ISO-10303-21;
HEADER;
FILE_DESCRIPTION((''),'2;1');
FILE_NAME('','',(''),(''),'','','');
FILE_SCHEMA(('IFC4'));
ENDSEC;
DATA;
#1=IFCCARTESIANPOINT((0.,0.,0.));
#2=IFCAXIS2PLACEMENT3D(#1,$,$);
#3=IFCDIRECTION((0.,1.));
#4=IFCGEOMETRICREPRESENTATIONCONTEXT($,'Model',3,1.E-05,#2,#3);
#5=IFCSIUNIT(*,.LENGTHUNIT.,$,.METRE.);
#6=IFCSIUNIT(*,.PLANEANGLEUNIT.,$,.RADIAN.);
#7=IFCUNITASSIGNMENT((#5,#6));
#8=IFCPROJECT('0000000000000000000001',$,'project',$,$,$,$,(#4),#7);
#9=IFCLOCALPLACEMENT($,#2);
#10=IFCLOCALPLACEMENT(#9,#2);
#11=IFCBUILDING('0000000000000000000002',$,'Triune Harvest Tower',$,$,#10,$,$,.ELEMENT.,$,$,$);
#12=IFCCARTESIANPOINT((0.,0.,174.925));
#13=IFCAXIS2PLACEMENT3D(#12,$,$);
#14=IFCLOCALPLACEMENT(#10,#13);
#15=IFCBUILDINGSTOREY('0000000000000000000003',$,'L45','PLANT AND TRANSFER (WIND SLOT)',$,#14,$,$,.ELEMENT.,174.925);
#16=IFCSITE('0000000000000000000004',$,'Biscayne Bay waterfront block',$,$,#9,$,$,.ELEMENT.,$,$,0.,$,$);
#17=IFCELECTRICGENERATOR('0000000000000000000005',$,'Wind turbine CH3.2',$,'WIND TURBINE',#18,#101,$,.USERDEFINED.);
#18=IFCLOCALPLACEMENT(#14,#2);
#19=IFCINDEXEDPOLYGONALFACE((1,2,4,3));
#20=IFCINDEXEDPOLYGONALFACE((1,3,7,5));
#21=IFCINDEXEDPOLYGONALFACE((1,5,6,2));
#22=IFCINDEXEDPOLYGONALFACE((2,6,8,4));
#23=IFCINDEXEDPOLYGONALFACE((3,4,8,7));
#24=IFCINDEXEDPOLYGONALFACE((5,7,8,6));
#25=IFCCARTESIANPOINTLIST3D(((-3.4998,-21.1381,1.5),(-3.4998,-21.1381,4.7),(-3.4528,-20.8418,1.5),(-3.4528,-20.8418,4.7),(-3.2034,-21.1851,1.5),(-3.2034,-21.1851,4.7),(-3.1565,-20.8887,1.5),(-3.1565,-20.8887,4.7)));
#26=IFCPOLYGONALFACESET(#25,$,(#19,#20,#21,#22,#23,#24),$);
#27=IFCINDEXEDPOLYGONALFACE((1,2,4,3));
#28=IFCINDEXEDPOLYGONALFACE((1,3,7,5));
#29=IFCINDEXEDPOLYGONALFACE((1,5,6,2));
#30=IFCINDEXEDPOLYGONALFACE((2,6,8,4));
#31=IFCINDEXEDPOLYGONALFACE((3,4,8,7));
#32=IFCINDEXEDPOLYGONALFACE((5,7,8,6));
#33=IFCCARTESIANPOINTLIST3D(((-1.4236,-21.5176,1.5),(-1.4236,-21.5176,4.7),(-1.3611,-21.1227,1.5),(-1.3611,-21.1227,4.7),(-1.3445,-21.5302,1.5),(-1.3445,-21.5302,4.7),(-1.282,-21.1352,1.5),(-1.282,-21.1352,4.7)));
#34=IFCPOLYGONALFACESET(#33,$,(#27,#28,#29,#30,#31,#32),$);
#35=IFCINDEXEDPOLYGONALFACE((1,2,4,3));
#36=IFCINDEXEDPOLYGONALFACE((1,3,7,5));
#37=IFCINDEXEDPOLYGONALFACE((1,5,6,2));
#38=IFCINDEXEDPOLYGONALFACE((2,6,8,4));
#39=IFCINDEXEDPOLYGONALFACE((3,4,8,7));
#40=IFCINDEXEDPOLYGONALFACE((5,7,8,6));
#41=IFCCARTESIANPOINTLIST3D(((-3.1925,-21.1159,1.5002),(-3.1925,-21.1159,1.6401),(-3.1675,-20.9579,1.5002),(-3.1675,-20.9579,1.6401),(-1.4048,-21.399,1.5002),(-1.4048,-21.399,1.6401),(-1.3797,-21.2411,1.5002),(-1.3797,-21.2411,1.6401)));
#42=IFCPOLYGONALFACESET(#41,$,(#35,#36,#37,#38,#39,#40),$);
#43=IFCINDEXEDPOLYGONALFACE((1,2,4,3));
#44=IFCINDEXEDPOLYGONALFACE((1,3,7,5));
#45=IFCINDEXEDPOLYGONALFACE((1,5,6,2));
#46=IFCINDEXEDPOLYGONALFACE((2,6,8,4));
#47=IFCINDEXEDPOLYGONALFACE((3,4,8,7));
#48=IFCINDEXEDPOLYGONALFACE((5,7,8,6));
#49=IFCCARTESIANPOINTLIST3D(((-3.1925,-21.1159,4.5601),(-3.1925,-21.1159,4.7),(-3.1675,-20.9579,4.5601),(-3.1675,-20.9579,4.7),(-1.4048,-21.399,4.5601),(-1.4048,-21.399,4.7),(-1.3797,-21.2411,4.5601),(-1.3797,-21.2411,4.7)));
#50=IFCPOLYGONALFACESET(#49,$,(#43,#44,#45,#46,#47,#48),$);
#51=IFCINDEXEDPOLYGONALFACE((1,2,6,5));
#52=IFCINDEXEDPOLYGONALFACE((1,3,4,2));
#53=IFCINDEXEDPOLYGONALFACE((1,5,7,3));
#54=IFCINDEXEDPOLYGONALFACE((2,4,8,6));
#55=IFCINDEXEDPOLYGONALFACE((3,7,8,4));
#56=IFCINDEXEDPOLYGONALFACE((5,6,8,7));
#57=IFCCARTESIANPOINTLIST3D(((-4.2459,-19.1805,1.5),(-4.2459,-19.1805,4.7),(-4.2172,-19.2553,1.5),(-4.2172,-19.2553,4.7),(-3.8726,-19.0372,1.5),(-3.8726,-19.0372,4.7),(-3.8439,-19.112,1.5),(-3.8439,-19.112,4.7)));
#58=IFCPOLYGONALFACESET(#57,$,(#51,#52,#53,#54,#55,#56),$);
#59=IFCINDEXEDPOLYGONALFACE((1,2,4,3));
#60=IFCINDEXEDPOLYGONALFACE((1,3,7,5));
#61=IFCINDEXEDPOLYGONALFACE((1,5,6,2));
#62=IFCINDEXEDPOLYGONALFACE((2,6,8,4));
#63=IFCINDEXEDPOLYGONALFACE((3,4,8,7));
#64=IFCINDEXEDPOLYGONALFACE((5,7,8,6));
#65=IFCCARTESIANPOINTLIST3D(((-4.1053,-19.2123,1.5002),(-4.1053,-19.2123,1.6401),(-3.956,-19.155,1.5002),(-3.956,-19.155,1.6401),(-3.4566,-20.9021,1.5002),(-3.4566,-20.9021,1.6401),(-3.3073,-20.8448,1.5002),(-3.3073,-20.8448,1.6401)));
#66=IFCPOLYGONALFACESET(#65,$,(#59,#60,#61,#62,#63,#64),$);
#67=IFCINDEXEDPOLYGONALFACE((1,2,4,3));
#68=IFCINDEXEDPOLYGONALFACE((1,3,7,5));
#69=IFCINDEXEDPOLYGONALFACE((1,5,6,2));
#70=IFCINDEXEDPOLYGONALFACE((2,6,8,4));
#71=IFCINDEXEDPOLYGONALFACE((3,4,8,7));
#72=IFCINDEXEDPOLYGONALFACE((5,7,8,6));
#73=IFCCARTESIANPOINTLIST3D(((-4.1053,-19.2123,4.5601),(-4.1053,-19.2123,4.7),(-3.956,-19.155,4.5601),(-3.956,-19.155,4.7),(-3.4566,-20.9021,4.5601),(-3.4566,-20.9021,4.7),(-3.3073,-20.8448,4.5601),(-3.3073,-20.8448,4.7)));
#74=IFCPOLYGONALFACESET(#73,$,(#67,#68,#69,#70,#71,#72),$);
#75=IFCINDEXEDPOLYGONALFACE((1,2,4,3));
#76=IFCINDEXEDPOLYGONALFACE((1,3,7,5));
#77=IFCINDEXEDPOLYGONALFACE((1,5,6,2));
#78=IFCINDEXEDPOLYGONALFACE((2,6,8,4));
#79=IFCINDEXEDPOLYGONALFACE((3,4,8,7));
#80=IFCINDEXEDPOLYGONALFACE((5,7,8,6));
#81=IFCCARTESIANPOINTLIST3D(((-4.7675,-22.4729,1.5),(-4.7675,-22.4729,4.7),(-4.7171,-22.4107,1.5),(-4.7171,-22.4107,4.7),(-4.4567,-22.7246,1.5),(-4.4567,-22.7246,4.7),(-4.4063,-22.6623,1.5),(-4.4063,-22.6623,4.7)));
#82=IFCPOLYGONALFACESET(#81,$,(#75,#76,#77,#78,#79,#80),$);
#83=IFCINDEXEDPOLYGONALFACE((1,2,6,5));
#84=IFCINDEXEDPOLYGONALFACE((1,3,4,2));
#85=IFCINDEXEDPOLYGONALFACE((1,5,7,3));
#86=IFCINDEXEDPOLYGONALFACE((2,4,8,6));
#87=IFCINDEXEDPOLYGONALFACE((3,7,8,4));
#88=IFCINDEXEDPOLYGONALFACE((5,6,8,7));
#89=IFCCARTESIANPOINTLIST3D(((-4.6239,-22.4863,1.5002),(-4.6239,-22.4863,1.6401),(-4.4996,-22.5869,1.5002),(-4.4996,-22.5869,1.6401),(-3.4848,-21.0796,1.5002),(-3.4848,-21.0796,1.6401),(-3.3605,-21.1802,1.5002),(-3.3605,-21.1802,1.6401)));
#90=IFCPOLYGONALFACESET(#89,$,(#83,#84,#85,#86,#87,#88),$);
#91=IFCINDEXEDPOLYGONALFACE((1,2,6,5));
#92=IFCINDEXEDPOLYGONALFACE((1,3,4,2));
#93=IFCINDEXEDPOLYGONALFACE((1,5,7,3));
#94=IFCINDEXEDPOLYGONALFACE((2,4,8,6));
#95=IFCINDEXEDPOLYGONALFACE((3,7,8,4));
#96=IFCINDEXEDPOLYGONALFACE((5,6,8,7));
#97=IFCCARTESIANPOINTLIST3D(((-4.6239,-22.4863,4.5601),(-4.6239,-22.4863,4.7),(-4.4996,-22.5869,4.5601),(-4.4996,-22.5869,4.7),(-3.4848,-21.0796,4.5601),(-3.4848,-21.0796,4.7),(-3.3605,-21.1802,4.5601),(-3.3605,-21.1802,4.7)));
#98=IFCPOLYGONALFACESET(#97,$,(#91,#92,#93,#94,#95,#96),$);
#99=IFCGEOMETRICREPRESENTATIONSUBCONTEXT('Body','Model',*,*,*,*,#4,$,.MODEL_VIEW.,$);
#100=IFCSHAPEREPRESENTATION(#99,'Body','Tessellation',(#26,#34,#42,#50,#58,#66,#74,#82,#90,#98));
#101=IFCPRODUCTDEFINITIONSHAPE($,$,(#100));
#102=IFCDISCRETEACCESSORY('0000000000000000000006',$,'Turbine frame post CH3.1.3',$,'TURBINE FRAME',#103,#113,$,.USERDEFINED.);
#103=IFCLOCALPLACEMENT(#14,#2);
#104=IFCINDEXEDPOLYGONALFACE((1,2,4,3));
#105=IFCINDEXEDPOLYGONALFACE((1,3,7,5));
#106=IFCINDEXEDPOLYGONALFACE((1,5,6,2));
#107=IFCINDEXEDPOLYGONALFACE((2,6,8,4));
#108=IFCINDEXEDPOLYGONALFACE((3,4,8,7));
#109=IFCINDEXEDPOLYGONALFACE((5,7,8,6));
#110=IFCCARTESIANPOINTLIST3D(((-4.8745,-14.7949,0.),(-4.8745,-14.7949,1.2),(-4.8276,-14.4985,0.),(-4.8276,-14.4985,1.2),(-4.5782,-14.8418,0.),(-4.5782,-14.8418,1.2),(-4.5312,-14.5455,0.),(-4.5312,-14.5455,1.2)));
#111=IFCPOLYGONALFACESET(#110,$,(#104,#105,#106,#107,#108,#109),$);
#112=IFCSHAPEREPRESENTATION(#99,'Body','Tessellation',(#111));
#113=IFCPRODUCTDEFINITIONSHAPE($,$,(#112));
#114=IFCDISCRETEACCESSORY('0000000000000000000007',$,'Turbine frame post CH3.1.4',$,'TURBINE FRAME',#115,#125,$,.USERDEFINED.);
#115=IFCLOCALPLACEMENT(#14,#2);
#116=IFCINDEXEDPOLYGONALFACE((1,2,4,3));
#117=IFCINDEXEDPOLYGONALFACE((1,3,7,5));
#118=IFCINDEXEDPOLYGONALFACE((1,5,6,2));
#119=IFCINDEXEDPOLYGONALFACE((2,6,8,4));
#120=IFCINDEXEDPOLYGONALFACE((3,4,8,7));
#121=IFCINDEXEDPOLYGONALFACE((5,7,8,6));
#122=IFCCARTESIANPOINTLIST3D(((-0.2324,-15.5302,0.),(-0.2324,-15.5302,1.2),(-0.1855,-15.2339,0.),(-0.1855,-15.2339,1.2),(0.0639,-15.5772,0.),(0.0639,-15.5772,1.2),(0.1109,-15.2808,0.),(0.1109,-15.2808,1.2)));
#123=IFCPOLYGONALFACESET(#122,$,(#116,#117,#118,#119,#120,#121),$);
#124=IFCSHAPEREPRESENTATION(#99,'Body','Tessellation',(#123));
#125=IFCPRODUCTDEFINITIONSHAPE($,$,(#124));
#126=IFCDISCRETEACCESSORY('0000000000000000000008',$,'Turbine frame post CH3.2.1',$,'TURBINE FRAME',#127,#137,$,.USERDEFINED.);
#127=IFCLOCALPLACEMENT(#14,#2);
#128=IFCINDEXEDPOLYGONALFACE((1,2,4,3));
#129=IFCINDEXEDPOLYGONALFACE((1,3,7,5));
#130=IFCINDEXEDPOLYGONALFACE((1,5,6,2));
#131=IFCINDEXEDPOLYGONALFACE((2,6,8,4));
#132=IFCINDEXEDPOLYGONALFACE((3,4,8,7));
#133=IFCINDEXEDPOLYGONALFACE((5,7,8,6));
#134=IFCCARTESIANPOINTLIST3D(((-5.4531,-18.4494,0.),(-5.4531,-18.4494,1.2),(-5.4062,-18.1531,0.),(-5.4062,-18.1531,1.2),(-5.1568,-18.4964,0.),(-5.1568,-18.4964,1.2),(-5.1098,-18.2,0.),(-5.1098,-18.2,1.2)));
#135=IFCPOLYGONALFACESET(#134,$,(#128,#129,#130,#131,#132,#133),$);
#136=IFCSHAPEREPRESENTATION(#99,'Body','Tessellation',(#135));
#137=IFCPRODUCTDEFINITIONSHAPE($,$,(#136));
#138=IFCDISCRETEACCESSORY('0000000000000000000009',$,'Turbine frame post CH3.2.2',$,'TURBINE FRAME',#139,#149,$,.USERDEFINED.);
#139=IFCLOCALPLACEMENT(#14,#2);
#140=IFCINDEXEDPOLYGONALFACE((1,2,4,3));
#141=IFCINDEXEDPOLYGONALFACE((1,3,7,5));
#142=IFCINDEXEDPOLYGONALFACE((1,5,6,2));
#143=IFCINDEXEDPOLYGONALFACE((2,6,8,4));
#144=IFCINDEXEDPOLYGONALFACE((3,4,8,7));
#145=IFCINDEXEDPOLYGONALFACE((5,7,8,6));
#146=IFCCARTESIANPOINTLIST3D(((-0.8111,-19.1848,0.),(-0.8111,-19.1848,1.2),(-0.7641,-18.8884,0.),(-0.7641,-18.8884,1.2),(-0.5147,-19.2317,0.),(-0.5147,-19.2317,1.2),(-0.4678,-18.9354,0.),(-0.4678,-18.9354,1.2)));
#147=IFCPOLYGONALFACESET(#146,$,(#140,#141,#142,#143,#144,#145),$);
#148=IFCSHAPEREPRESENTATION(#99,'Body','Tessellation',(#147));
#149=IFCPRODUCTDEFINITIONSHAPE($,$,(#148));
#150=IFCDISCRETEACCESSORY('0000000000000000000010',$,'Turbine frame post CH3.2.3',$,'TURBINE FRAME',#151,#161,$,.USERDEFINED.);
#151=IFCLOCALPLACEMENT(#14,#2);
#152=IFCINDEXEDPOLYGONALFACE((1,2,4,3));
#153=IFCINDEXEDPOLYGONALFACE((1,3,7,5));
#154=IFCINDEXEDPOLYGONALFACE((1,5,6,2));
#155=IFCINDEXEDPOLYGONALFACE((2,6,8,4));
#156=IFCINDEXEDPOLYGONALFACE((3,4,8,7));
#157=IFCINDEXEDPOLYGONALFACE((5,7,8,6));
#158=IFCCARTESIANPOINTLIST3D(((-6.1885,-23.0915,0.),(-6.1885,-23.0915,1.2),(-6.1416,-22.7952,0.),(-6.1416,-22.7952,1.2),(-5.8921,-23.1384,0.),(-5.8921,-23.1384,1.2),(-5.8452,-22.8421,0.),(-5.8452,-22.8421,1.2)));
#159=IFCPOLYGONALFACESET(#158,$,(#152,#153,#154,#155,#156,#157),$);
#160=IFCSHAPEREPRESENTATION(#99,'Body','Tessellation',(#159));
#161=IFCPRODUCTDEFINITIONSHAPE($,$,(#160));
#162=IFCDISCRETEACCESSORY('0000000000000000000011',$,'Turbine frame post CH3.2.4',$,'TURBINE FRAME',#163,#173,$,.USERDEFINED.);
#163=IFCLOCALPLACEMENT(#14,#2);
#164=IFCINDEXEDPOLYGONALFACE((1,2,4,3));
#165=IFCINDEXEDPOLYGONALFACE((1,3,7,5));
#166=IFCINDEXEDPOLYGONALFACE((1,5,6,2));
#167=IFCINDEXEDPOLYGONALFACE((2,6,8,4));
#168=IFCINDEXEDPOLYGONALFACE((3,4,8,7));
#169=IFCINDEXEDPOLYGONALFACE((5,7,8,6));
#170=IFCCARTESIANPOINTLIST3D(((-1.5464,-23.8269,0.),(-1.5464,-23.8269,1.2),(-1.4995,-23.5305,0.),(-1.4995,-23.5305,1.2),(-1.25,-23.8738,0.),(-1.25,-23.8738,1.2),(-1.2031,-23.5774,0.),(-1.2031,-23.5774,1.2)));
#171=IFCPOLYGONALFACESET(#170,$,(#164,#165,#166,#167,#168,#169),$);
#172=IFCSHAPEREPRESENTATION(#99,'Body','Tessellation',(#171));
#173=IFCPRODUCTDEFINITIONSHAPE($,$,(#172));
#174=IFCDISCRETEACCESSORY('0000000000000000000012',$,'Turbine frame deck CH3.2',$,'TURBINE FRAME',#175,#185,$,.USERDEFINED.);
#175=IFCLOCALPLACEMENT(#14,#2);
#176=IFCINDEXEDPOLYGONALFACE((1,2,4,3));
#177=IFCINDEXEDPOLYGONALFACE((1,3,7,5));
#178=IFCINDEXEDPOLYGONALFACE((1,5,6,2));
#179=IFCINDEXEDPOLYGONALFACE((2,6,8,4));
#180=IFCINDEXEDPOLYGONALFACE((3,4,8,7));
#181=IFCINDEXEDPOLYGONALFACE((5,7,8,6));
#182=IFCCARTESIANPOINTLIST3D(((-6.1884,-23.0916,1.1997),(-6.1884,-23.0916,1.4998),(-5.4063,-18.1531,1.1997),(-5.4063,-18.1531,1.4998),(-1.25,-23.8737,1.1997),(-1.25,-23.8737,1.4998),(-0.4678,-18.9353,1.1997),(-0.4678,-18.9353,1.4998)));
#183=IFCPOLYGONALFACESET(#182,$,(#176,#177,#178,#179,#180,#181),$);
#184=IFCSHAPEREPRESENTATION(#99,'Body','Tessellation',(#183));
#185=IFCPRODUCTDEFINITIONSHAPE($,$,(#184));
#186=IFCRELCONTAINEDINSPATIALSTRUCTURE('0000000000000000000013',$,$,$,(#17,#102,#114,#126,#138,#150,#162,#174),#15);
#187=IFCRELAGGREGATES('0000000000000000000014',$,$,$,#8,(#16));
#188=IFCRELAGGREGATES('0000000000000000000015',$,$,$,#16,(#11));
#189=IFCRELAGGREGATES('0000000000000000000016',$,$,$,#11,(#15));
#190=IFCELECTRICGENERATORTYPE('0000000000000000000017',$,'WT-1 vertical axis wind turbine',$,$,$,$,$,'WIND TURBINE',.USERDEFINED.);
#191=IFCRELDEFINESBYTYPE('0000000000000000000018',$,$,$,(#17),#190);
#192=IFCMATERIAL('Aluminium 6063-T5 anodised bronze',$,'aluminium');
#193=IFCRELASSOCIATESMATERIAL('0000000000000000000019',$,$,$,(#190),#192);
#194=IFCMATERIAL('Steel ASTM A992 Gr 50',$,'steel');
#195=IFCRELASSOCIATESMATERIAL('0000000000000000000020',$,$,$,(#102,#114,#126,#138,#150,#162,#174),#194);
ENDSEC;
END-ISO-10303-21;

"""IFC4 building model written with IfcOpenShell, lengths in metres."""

from ifc_helpers import new_model, si_unit, direction, frame, origin, origin_2d, place, context, subcontext, project, spatial, rectangle, extrude, source, transform, mapped, material, type_object, element, save


model = new_model("IFC4")

# Units and contexts
model_context = context("Model", 3, precision=1e-05, world=origin(), true_north=direction((0.0, 1.0)))
body_context = subcontext(model_context, "Body", "Model", "MODEL_VIEW")
ifc_project = project(units=[si_unit("LENGTHUNIT", "METRE"), si_unit("PLANEANGLEUNIT", "RADIAN")], contexts=[model_context])

# Site, building, storey
site_placement = place(None, origin())
site = spatial("IfcSite", under=ifc_project, at=site_placement, Name="Biscayne Bay waterfront block", CompositionType="ELEMENT", RefElevation=0.0)
building_placement = place(site_placement, origin())
building = spatial("IfcBuilding", under=site, at=building_placement, Name="Triune Harvest Tower", CompositionType="ELEMENT")
storey_placement = place(building_placement, frame((0.0, 0.0, 174.925)))
storey = spatial("IfcBuildingStorey", under=building, at=storey_placement, Name="L45", Description="PLANT AND TRANSFER (WIND SLOT)", CompositionType="ELEMENT", Elevation=174.925)

# Electric generator
ifc_material_1 = material(Name="Aluminium 6063-T5 anodised bronze", Category="aluminium")
electric_generator_type = type_object("IfcElectricGeneratorType", Name="WT-1 vertical axis wind turbine", ElementType="WIND TURBINE", PredefinedType="USERDEFINED", material=ifc_material_1)
electric_generator_placement = place(storey_placement, frame((-3.3281, -21.0134, 1.5)))
element("IfcElectricGenerator", 1, at=electric_generator_placement, inside=storey, type_object=electric_generator_type, Name="Wind turbine CH3.2", ObjectType="WIND TURBINE", PredefinedType="USERDEFINED", context=body_context, shape_type="SweptSolid", body=[
    extrude(rectangle(XDim=0.3, YDim=0.3, at=origin_2d()), frame((0.0, 0.0, 0.0), z_axis=(0.0, 0.0, 1.0), x_axis=(-0.156434, -0.987688, 0.0)), (0.0, 0.0, 1.0), 3.2),
    extrude(rectangle(XDim=0.0801, YDim=0.3999, at=origin_2d()), frame((1.9753, -0.313, 0.0), z_axis=(0.0, 0.0, 1.0), x_axis=(0.987688, -0.156434, 0.0)), (0.0, 0.0, 1.0), 3.2),
    extrude(rectangle(XDim=1.8101, YDim=0.1599, at=origin_2d()), frame((1.042, -0.165, 0.0002), z_axis=(0.0, 0.0, 1.0), x_axis=(0.987688, -0.156434, 0.0)), (0.0, 0.0, 1.0), 0.1399),
    extrude(rectangle(XDim=1.8101, YDim=0.1599, at=origin_2d()), frame((1.042, -0.165, 3.0601), z_axis=(0.0, 0.0, 1.0), x_axis=(0.987688, -0.156434, 0.0)), (0.0, 0.0, 1.0), 0.1399),
    extrude(rectangle(XDim=0.0801, YDim=0.3999, at=origin_2d()), frame((-0.7168, 1.8672, 0.0), z_axis=(0.0, 0.0, 1.0), x_axis=(-0.358368, 0.93358, 0.0)), (0.0, 0.0, 1.0), 3.2),
    extrude(rectangle(XDim=1.8101, YDim=0.1599, at=origin_2d()), frame((-0.3782, 0.9849, 0.0002), z_axis=(0.0, 0.0, 1.0), x_axis=(-0.358368, 0.93358, 0.0)), (0.0, 0.0, 1.0), 0.1399),
    extrude(rectangle(XDim=1.8101, YDim=0.1599, at=origin_2d()), frame((-0.3782, 0.9849, 3.0601), z_axis=(0.0, 0.0, 1.0), x_axis=(-0.358368, 0.93358, 0.0)), (0.0, 0.0, 1.0), 0.1399),
    extrude(rectangle(XDim=0.0801, YDim=0.3999, at=origin_2d()), frame((-1.2588, -1.5542, 0.0), z_axis=(0.0, 0.0, 1.0), x_axis=(-0.62932, -0.777146, 0.0)), (0.0, 0.0, 1.0), 3.2),
    extrude(rectangle(XDim=1.8101, YDim=0.1599, at=origin_2d()), frame((-0.6641, -0.8198, 0.0002), z_axis=(0.0, 0.0, 1.0), x_axis=(-0.62932, -0.777146, 0.0)), (0.0, 0.0, 1.0), 0.1399),
    extrude(rectangle(XDim=1.8101, YDim=0.1599, at=origin_2d()), frame((-0.6641, -0.8198, 3.0601), z_axis=(0.0, 0.0, 1.0), x_axis=(-0.62932, -0.777146, 0.0)), (0.0, 0.0, 1.0), 0.1399),
])

# Discrete accessories
ifc_material_2 = material(Name="Steel ASTM A992 Gr 50", Category="steel")
shared_shape_1 = source(origin(), body_context, "Body", "SweptSolid", [
    extrude(rectangle(XDim=0.3, YDim=0.3, at=origin_2d()), origin(), (0.0, 0.0, 1.0), 1.2),
])
for number, where, z_axis, x_axis, name in (
    (2, (-4.7029, -14.6702, 0.0), (0.0, 0.0, 1.0), (-0.156434, -0.987688, 0.0), "Turbine frame post CH3.1.3"),
    (3, (-0.0608, -15.4055, 0.0), (0.0, 0.0, 1.0), (-0.156434, -0.987688, 0.0), "Turbine frame post CH3.1.4"),
    (4, (-5.2815, -18.3247, 0.0), (0.0, 0.0, 1.0), (-0.156434, -0.987688, 0.0), "Turbine frame post CH3.2.1"),
    (5, (-0.6394, -19.0601, 0.0), (0.0, 0.0, 1.0), (-0.156434, -0.987688, 0.0), "Turbine frame post CH3.2.2"),
    (6, (-6.0168, -22.9668, 0.0), (0.0, 0.0, 1.0), (-0.156434, -0.987688, 0.0), "Turbine frame post CH3.2.3"),
    (7, (-1.3748, -23.7021, 0.0), (0.0, 0.0, 1.0), (-0.156434, -0.987688, 0.0), "Turbine frame post CH3.2.4"),
):
    element("IfcDiscreteAccessory", number, at=place(storey_placement, frame(where, z_axis=z_axis, x_axis=x_axis)), inside=storey, material=ifc_material_2, Name=name, ObjectType="TURBINE FRAME", PredefinedType="USERDEFINED", context=body_context, shape_type="MappedRepresentation", body=[
        mapped(shared_shape_1, transform((0.0, 0.0, 0.0), scale=1.0)),
    ])
shared_shape_2 = source(origin(), body_context, "Body", "SweptSolid", [
    extrude(rectangle(XDim=5.0, YDim=5.0, at=origin_2d()), origin(), (0.0, 0.0, 1.0), 0.3),
])
discrete_accessory_placement = place(storey_placement, frame((-3.3281, -21.0134, 1.1997), z_axis=(0.0, 0.0, 1.0), x_axis=(-0.156434, -0.987688, 0.0)))
element("IfcDiscreteAccessory", 8, at=discrete_accessory_placement, inside=storey, material=ifc_material_2, Name="Turbine frame deck CH3.2", ObjectType="TURBINE FRAME", PredefinedType="USERDEFINED", context=body_context, shape_type="MappedRepresentation", body=[
    mapped(shared_shape_2, transform((0.0, 0.0, 0.0), scale=1.0)),
])

save(model, "model.ifc")
